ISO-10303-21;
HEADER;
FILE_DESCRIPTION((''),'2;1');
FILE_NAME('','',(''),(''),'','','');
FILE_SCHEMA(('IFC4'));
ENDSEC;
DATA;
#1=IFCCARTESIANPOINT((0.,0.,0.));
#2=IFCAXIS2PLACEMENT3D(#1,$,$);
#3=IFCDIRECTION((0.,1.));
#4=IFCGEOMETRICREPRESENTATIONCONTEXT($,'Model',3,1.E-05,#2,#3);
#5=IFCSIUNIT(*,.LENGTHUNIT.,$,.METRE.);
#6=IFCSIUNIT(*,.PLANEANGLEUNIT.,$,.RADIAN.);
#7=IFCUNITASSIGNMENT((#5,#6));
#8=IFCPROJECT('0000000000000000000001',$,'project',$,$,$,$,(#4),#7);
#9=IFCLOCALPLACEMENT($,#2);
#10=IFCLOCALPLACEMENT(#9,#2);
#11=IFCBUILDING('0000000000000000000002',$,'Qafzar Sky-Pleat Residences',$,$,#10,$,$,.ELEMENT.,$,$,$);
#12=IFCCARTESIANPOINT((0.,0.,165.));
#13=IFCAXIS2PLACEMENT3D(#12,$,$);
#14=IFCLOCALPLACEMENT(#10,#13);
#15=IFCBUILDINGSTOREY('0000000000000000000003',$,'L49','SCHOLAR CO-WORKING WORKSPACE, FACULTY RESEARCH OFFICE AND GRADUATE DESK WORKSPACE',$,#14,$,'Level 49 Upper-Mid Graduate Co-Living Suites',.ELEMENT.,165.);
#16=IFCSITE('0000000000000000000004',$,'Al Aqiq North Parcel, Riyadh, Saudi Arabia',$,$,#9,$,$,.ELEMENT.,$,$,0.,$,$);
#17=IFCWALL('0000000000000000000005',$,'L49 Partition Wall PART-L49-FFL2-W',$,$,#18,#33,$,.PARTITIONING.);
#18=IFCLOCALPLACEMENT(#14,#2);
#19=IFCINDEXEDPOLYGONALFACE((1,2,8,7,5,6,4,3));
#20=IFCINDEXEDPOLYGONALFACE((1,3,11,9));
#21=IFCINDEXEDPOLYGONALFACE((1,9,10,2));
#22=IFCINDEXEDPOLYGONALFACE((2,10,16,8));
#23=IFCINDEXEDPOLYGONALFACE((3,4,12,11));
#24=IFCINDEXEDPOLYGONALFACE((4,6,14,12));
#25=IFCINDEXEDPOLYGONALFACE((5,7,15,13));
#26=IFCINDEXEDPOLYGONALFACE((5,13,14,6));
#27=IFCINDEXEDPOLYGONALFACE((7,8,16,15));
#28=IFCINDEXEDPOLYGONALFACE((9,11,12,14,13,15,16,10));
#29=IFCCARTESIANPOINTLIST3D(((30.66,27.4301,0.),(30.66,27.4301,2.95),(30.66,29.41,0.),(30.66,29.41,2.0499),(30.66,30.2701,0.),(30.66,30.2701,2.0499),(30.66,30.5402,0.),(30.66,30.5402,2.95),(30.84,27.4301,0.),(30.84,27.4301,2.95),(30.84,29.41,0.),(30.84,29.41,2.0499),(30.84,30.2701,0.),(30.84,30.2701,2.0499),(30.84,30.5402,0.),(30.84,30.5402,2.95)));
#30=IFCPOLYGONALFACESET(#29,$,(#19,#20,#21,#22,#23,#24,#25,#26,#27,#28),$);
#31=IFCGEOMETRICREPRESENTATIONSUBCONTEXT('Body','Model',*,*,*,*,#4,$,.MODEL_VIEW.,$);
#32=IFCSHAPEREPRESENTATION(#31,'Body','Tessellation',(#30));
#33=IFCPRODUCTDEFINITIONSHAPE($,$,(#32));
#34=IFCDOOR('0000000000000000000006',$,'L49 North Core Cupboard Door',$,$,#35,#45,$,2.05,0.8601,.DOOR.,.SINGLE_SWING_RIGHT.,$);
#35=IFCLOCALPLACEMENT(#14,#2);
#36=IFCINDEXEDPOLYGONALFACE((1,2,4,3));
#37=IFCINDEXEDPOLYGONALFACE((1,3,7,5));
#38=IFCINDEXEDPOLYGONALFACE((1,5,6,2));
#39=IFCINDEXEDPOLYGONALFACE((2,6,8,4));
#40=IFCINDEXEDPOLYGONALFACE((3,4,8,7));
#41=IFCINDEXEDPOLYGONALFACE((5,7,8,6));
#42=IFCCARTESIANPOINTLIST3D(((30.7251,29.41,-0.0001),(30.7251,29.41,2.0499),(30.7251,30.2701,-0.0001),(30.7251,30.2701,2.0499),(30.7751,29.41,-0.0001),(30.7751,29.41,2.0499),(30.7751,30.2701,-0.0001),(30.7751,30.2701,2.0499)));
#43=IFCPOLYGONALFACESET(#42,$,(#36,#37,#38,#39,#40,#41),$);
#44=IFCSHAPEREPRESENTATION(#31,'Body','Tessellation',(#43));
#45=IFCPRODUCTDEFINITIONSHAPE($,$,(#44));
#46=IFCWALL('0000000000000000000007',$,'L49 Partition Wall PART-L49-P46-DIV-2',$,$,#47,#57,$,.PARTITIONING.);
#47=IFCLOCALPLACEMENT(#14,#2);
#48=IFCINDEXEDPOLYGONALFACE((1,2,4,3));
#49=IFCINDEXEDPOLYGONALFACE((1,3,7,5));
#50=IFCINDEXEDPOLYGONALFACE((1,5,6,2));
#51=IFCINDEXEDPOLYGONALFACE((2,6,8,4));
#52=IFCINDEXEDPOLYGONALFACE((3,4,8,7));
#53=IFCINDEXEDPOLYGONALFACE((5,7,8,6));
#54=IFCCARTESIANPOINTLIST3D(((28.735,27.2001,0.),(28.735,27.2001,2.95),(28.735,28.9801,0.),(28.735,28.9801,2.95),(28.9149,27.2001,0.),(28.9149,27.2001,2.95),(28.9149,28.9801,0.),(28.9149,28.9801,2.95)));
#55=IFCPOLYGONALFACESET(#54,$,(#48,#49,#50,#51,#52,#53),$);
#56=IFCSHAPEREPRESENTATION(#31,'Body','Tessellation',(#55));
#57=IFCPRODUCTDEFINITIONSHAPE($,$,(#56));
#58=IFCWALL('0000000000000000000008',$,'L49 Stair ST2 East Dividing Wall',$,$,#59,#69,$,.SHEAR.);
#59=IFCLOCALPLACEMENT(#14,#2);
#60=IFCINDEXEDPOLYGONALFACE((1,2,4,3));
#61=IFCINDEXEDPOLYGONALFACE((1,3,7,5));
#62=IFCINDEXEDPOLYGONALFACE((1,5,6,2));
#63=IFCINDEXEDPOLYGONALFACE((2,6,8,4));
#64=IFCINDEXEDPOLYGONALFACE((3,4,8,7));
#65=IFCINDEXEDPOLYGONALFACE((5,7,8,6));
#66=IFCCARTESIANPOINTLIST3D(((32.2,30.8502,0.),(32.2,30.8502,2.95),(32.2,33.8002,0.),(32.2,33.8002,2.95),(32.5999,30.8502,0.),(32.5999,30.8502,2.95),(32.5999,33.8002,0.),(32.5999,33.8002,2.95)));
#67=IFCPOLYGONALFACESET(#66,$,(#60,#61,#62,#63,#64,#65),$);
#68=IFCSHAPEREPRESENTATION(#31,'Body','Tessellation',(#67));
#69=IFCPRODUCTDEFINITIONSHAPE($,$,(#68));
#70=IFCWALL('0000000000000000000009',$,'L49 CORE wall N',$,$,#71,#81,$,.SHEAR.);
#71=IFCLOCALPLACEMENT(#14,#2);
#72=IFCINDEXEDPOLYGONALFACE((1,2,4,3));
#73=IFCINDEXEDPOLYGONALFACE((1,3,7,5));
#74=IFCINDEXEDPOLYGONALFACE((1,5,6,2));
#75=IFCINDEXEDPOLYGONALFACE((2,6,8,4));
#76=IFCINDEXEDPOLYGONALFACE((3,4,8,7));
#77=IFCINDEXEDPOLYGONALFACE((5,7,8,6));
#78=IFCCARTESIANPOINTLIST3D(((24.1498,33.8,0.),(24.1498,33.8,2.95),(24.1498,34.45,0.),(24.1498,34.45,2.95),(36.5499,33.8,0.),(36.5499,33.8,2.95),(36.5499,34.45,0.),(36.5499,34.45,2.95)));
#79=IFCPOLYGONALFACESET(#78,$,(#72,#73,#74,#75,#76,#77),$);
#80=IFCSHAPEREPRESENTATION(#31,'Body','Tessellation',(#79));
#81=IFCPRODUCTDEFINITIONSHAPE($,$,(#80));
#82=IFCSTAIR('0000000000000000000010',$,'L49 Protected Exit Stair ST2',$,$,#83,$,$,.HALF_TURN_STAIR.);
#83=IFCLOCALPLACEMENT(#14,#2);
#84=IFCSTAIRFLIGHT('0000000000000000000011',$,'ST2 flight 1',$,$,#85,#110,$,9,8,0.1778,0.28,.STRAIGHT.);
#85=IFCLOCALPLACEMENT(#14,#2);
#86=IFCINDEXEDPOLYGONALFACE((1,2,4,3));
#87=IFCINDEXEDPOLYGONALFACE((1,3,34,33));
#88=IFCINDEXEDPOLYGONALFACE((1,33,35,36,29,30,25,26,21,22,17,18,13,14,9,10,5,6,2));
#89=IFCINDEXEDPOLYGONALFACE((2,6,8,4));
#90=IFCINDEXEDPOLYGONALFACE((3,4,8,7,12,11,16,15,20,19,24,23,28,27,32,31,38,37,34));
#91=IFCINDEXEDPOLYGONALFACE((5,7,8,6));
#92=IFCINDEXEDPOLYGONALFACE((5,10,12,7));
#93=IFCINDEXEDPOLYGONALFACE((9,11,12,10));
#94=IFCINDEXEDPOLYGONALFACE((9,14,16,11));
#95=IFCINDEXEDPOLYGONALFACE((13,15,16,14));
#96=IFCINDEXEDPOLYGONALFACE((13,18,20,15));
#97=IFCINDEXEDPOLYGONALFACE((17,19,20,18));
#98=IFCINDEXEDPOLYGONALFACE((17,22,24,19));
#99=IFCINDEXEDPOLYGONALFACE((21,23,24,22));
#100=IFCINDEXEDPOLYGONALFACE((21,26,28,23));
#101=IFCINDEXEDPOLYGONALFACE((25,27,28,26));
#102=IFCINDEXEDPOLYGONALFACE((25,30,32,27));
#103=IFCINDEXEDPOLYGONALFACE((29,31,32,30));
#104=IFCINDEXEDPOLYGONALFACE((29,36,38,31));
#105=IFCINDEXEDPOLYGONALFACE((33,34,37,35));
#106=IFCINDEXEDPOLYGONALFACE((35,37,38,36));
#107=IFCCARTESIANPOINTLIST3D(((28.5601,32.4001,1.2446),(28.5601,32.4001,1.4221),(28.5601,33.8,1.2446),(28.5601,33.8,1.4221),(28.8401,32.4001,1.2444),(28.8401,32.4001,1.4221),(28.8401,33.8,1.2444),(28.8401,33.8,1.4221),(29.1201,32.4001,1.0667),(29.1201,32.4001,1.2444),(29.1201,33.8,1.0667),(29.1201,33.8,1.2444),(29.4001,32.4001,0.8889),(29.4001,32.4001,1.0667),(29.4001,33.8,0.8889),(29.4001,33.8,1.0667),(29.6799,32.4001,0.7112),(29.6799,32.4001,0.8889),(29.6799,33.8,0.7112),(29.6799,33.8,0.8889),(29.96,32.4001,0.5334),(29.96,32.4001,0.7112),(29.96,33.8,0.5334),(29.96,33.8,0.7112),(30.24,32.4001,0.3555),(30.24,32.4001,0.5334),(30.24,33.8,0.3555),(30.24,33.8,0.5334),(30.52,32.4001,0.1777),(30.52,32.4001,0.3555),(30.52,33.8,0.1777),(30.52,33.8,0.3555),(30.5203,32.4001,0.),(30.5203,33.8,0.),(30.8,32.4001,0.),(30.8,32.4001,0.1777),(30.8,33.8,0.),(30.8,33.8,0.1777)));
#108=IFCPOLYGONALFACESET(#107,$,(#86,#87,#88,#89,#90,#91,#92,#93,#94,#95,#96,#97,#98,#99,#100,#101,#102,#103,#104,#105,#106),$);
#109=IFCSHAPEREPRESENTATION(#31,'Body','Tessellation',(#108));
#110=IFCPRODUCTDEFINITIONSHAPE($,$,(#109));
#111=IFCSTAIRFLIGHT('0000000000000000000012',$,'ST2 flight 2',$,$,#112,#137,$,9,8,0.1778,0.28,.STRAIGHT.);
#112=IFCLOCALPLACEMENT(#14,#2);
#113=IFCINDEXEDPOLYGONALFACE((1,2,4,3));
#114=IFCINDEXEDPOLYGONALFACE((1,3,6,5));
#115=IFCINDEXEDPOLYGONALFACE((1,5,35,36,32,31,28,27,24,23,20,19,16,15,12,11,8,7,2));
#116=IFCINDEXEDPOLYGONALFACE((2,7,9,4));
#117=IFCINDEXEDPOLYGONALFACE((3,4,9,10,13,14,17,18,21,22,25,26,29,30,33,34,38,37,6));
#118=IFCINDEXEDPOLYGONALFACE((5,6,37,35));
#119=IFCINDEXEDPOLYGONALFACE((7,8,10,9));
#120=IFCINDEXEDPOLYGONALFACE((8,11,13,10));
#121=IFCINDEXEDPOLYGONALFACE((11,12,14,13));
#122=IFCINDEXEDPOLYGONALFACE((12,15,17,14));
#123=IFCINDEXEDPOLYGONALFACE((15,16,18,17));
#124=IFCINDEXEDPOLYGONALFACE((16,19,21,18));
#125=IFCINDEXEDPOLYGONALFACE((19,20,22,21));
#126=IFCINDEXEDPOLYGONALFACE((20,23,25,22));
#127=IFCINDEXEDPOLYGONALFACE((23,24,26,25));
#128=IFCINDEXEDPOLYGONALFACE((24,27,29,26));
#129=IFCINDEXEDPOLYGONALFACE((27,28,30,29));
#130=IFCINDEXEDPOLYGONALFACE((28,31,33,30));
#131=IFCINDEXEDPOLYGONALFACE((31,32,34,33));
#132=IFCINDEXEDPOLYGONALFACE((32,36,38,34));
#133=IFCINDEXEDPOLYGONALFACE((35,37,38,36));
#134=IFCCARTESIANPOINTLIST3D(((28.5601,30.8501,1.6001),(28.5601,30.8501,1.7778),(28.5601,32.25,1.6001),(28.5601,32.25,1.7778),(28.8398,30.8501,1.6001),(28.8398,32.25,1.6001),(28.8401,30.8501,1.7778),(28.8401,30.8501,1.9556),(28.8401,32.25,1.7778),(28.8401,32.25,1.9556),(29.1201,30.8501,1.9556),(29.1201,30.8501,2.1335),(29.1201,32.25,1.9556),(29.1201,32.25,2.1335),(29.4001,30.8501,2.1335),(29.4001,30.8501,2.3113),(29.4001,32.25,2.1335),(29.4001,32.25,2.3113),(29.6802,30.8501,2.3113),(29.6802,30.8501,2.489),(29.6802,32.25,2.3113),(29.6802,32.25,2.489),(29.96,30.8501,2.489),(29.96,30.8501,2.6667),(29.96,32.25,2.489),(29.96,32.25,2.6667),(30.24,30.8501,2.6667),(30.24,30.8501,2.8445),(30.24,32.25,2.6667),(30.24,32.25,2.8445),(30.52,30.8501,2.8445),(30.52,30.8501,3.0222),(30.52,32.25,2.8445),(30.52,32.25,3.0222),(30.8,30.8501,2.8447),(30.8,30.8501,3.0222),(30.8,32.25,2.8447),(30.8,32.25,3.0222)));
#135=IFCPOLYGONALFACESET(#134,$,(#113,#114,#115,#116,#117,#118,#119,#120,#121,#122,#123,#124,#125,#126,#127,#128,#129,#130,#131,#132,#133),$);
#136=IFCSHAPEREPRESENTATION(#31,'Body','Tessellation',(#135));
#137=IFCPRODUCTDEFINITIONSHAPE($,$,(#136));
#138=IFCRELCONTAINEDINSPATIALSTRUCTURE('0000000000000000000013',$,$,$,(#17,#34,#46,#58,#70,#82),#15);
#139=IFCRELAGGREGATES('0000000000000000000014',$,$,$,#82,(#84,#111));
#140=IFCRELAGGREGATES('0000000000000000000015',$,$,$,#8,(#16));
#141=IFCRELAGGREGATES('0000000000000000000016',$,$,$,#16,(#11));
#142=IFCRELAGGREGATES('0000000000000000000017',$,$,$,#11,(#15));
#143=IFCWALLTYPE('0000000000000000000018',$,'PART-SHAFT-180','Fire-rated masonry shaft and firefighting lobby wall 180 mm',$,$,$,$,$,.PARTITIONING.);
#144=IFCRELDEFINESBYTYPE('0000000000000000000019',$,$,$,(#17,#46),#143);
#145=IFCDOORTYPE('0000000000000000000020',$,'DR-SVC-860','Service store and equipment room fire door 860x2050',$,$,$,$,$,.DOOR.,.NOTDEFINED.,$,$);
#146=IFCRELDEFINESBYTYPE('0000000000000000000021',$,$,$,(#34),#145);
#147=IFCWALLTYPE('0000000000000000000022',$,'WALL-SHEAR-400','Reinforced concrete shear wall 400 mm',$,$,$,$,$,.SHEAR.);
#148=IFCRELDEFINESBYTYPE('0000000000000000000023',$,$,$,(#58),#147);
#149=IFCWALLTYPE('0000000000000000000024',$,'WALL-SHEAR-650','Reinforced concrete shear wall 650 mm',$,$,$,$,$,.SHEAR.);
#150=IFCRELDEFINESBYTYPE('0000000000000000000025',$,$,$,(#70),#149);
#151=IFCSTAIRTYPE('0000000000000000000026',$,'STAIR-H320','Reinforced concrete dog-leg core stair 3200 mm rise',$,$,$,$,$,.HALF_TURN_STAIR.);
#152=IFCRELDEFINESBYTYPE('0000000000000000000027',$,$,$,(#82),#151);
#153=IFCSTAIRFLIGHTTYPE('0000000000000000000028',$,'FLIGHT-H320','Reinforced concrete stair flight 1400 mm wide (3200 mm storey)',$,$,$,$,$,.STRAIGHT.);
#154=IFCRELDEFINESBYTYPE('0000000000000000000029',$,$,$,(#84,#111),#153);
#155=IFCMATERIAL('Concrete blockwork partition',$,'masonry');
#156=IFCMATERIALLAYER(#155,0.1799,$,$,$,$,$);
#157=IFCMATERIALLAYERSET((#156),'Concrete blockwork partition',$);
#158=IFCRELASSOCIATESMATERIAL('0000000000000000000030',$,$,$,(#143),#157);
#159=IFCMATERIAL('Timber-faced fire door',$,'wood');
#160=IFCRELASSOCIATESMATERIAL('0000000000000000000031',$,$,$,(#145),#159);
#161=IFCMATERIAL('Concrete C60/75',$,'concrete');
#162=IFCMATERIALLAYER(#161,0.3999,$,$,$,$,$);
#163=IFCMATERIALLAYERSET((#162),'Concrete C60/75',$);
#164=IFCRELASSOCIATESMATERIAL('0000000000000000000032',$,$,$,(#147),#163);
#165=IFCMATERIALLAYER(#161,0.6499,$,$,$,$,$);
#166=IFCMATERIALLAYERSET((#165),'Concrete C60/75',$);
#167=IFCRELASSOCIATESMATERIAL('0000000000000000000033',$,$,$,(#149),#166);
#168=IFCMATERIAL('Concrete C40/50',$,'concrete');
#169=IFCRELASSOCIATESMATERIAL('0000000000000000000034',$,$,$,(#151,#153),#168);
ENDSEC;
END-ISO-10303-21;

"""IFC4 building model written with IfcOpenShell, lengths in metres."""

from ifc_helpers import new_model, si_unit, direction, frame, frame_2d, origin, place, context, subcontext, project, spatial, polyline, rectangle, outline, extrude, source, transform, mapped, material, layer, layer_set, type_object, element, fill, aggregate, save


model = new_model("IFC4")

# Units and contexts
model_context = context("Model", 3, precision=1e-05, world=origin(), true_north=direction((0.0, 1.0)))
body_context = subcontext(model_context, "Body", "Model", "MODEL_VIEW")
ifc_project = project(units=[si_unit("LENGTHUNIT", "METRE"), si_unit("PLANEANGLEUNIT", "RADIAN")], contexts=[model_context])

# Site, building, storey
site_placement = place(None, origin())
site = spatial("IfcSite", under=ifc_project, at=site_placement, Name="Al Aqiq North Parcel, Riyadh, Saudi Arabia", CompositionType="ELEMENT", RefElevation=0.0)
building_placement = place(site_placement, origin())
building = spatial("IfcBuilding", under=site, at=building_placement, Name="Qafzar Sky-Pleat Residences", CompositionType="ELEMENT")
storey_placement = place(building_placement, frame((0.0, 0.0, 165.0)))
storey = spatial("IfcBuildingStorey", under=building, at=storey_placement, Name="L49", Description="SCHOLAR CO-WORKING WORKSPACE, FACULTY RESEARCH OFFICE AND GRADUATE DESK WORKSPACE", LongName="Level 49 Upper-Mid Graduate Co-Living Suites", CompositionType="ELEMENT", Elevation=165.0)

# Wall, opening, door
ifc_material_1 = material(Name="Concrete blockwork partition", Category="masonry")
ifc_layer_1 = layer(ifc_material_1, 0.1799)
ifc_layer_set_1 = layer_set([ifc_layer_1], Name="Concrete blockwork partition")
wall_type_1 = type_object("IfcWallType", Name="PART-SHAFT-180", Description="Fire-rated masonry shaft and firefighting lobby wall 180 mm", PredefinedType="PARTITIONING", material=ifc_layer_set_1)
wall_1_placement = place(storey_placement, frame((30.75, 27.4299, 0.0), z_axis=(0.0, 0.0, 1.0), x_axis=(0.0, 1.0, 0.0)))
wall_1 = element("IfcWall", 1, at=wall_1_placement, inside=storey, type_object=wall_type_1, Name="L49 Partition Wall PART-L49-FFL2-W", PredefinedType="PARTITIONING", context=body_context, shape_type="SweptSolid", body=[
    extrude(rectangle(XDim=3.1101, YDim=0.1799, at=frame_2d((1.5552, 0.0))), origin(), (0.0, 0.0, 1.0), 2.95),
])
opening_1_placement = place(wall_1_placement, frame((1.98, 0.0, 0.0)))
opening_1 = element("IfcOpeningElement", 2, at=opening_1_placement, cuts=wall_1, PredefinedType="OPENING", context=body_context, shape_type="SweptSolid", body=[
    extrude(rectangle(XDim=0.8601, YDim=2.05, at=frame_2d((0.4302, 1.0249))), frame((0.0, 0.1001, 0.0), z_axis=(0.0, -1.0, 0.0), x_axis=(1.0, 0.0, 0.0)), (0.0, 0.0, 1.0), 0.2),
])
ifc_material_2 = material(Name="Timber-faced fire door", Category="wood")
door_type_1 = type_object("IfcDoorType", Name="DR-SVC-860", Description="Service store and equipment room fire door 860x2050", OperationType="NOTDEFINED", PredefinedType="DOOR", material=ifc_material_2)
shared_shape_1 = source(origin(), body_context, "Body", "SweptSolid", [
    extrude(rectangle(XDim=0.8601, YDim=2.05, at=frame_2d((0.4302, 1.0249))), frame((0.0, 0.0249, 0.0), z_axis=(0.0, -1.0, 0.0), x_axis=(1.0, 0.0, 0.0)), (0.0, 0.0, 1.0), 0.05),
])
door_1_placement = place(opening_1_placement, origin())
door_1 = element("IfcDoor", 3, at=door_1_placement, inside=storey, type_object=door_type_1, Name="L49 North Core Cupboard Door", OperationType="SINGLE_SWING_RIGHT", OverallHeight=2.05, OverallWidth=0.8601, PredefinedType="DOOR", context=body_context, shape_type="MappedRepresentation", body=[
    mapped(shared_shape_1, transform((0.0, 0.0, 0.0), x_axis=(1.0, 0.0, 0.0), y_axis=(0.0, 1.0, 0.0), z_axis=(0.0, 0.0, 1.0), scale=1.0)),
])
fill(opening_1, door_1)

# Walls
wall_2_placement = place(storey_placement, frame((28.825, 27.2, 0.0), z_axis=(0.0, 0.0, 1.0), x_axis=(0.0, 1.0, 0.0)))
element("IfcWall", 4, at=wall_2_placement, inside=storey, type_object=wall_type_1, Name="L49 Partition Wall PART-L49-P46-DIV-2", PredefinedType="PARTITIONING", context=body_context, shape_type="SweptSolid", body=[
    extrude(rectangle(XDim=1.78, YDim=0.1799, at=frame_2d((0.8901, 0.0))), origin(), (0.0, 0.0, 1.0), 2.95),
])
ifc_material_3 = material(Name="Concrete C60/75", Category="concrete")
ifc_layer_2 = layer(ifc_material_3, 0.3999)
ifc_layer_set_2 = layer_set([ifc_layer_2], Name="Concrete C60/75")
wall_type_2 = type_object("IfcWallType", Name="WALL-SHEAR-400", Description="Reinforced concrete shear wall 400 mm", PredefinedType="SHEAR", material=ifc_layer_set_2)
wall_3_placement = place(storey_placement, frame((32.3999, 30.8501, 0.0), z_axis=(0.0, 0.0, 1.0), x_axis=(0.0, 1.0, 0.0)))
element("IfcWall", 5, at=wall_3_placement, inside=storey, type_object=wall_type_2, Name="L49 Stair ST2 East Dividing Wall", PredefinedType="SHEAR", context=body_context, shape_type="SweptSolid", body=[
    extrude(rectangle(XDim=2.95, YDim=0.3999, at=frame_2d((1.4751, 0.0))), origin(), (0.0, 0.0, 1.0), 2.95),
])
ifc_layer_3 = layer(ifc_material_3, 0.6499)
ifc_layer_set_3 = layer_set([ifc_layer_3], Name="Concrete C60/75")
wall_type_3 = type_object("IfcWallType", Name="WALL-SHEAR-650", Description="Reinforced concrete shear wall 650 mm", PredefinedType="SHEAR", material=ifc_layer_set_3)
wall_4_placement = place(storey_placement, frame((36.55, 34.125, 0.0), z_axis=(0.0, 0.0, 1.0), x_axis=(-1.0, 0.0, 0.0)))
element("IfcWall", 6, at=wall_4_placement, inside=storey, type_object=wall_type_3, Name="L49 CORE wall N", PredefinedType="SHEAR", context=body_context, shape_type="SweptSolid", body=[
    extrude(rectangle(XDim=12.4001, YDim=0.6499, at=frame_2d((6.2002, 0.0))), origin(), (0.0, 0.0, 1.0), 2.95),
])

# Stair, stair flights
ifc_material_4 = material(Name="Concrete C40/50", Category="concrete")
stair_type = type_object("IfcStairType", Name="STAIR-H320", Description="Reinforced concrete dog-leg core stair 3200 mm rise", PredefinedType="HALF_TURN_STAIR", material=ifc_material_4)
stair_placement = place(storey_placement, origin())
stair = element("IfcStair", 7, at=stair_placement, inside=storey, type_object=stair_type, Name="L49 Protected Exit Stair ST2", PredefinedType="HALF_TURN_STAIR")
stair_flight_type = type_object("IfcStairFlightType", Name="FLIGHT-H320", Description="Reinforced concrete stair flight 1400 mm wide (3200 mm storey)", PredefinedType="STRAIGHT", material=ifc_material_4)
shared_shape_2 = source(origin(), body_context, "Body", "SweptSolid", [
    extrude(outline(polyline([(0.0, 0.0), (0.0, 0.1777), (0.28, 0.1777), (0.28, 0.3555), (0.5601, 0.3555), (0.5601, 0.5334), (0.8401, 0.5334), (0.8401, 0.7112), (1.1201, 0.7112), (1.1201, 0.8889), (1.3999, 0.8889), (1.3999, 1.0667), (1.6799, 1.0667), (1.6799, 1.2444), (1.96, 1.2444), (1.96, 1.4221), (2.24, 1.4221), (2.24, 1.6001), (2.24, 1.2446), (0.2798, 0.0), (0.0, 0.0)])), frame((0.0, 0.7, 0.0), z_axis=(0.0, -1.0, 0.0), x_axis=(1.0, 0.0, 0.0)), (0.0, 0.0, 1.0), 1.3999),
])
stair_flight_1_placement = place(storey_placement, frame((30.8, 33.1001, 0.0), z_axis=(0.0, 0.0, 1.0), x_axis=(-1.0, 0.0, 0.0)))
stair_flight_1 = element("IfcStairFlight", 8, at=stair_flight_1_placement, type_object=stair_flight_type, Name="ST2 flight 1", NumberOfRisers=9, NumberOfTreads=8, PredefinedType="STRAIGHT", RiserHeight=0.1778, TreadLength=0.28, context=body_context, shape_type="MappedRepresentation", body=[
    mapped(shared_shape_2, transform((0.0, 0.0, 0.0), x_axis=(1.0, 0.0, 0.0), y_axis=(0.0, 1.0, 0.0), z_axis=(0.0, 0.0, 1.0), scale=1.0)),
])
stair_flight_2_placement = place(storey_placement, frame((28.5601, 31.55, 1.6001), z_axis=(0.0, 0.0, 1.0), x_axis=(1.0, 0.0, 0.0)))
stair_flight_2 = element("IfcStairFlight", 9, at=stair_flight_2_placement, type_object=stair_flight_type, Name="ST2 flight 2", NumberOfRisers=9, NumberOfTreads=8, PredefinedType="STRAIGHT", RiserHeight=0.1778, TreadLength=0.28, context=body_context, shape_type="MappedRepresentation", body=[
    mapped(shared_shape_2, transform((0.0, 0.0, 0.0), x_axis=(1.0, 0.0, 0.0), y_axis=(0.0, 1.0, 0.0), z_axis=(0.0, 0.0, 1.0), scale=1.0)),
])
aggregate(stair, [stair_flight_1, stair_flight_2])

save(model, "model.ifc")
